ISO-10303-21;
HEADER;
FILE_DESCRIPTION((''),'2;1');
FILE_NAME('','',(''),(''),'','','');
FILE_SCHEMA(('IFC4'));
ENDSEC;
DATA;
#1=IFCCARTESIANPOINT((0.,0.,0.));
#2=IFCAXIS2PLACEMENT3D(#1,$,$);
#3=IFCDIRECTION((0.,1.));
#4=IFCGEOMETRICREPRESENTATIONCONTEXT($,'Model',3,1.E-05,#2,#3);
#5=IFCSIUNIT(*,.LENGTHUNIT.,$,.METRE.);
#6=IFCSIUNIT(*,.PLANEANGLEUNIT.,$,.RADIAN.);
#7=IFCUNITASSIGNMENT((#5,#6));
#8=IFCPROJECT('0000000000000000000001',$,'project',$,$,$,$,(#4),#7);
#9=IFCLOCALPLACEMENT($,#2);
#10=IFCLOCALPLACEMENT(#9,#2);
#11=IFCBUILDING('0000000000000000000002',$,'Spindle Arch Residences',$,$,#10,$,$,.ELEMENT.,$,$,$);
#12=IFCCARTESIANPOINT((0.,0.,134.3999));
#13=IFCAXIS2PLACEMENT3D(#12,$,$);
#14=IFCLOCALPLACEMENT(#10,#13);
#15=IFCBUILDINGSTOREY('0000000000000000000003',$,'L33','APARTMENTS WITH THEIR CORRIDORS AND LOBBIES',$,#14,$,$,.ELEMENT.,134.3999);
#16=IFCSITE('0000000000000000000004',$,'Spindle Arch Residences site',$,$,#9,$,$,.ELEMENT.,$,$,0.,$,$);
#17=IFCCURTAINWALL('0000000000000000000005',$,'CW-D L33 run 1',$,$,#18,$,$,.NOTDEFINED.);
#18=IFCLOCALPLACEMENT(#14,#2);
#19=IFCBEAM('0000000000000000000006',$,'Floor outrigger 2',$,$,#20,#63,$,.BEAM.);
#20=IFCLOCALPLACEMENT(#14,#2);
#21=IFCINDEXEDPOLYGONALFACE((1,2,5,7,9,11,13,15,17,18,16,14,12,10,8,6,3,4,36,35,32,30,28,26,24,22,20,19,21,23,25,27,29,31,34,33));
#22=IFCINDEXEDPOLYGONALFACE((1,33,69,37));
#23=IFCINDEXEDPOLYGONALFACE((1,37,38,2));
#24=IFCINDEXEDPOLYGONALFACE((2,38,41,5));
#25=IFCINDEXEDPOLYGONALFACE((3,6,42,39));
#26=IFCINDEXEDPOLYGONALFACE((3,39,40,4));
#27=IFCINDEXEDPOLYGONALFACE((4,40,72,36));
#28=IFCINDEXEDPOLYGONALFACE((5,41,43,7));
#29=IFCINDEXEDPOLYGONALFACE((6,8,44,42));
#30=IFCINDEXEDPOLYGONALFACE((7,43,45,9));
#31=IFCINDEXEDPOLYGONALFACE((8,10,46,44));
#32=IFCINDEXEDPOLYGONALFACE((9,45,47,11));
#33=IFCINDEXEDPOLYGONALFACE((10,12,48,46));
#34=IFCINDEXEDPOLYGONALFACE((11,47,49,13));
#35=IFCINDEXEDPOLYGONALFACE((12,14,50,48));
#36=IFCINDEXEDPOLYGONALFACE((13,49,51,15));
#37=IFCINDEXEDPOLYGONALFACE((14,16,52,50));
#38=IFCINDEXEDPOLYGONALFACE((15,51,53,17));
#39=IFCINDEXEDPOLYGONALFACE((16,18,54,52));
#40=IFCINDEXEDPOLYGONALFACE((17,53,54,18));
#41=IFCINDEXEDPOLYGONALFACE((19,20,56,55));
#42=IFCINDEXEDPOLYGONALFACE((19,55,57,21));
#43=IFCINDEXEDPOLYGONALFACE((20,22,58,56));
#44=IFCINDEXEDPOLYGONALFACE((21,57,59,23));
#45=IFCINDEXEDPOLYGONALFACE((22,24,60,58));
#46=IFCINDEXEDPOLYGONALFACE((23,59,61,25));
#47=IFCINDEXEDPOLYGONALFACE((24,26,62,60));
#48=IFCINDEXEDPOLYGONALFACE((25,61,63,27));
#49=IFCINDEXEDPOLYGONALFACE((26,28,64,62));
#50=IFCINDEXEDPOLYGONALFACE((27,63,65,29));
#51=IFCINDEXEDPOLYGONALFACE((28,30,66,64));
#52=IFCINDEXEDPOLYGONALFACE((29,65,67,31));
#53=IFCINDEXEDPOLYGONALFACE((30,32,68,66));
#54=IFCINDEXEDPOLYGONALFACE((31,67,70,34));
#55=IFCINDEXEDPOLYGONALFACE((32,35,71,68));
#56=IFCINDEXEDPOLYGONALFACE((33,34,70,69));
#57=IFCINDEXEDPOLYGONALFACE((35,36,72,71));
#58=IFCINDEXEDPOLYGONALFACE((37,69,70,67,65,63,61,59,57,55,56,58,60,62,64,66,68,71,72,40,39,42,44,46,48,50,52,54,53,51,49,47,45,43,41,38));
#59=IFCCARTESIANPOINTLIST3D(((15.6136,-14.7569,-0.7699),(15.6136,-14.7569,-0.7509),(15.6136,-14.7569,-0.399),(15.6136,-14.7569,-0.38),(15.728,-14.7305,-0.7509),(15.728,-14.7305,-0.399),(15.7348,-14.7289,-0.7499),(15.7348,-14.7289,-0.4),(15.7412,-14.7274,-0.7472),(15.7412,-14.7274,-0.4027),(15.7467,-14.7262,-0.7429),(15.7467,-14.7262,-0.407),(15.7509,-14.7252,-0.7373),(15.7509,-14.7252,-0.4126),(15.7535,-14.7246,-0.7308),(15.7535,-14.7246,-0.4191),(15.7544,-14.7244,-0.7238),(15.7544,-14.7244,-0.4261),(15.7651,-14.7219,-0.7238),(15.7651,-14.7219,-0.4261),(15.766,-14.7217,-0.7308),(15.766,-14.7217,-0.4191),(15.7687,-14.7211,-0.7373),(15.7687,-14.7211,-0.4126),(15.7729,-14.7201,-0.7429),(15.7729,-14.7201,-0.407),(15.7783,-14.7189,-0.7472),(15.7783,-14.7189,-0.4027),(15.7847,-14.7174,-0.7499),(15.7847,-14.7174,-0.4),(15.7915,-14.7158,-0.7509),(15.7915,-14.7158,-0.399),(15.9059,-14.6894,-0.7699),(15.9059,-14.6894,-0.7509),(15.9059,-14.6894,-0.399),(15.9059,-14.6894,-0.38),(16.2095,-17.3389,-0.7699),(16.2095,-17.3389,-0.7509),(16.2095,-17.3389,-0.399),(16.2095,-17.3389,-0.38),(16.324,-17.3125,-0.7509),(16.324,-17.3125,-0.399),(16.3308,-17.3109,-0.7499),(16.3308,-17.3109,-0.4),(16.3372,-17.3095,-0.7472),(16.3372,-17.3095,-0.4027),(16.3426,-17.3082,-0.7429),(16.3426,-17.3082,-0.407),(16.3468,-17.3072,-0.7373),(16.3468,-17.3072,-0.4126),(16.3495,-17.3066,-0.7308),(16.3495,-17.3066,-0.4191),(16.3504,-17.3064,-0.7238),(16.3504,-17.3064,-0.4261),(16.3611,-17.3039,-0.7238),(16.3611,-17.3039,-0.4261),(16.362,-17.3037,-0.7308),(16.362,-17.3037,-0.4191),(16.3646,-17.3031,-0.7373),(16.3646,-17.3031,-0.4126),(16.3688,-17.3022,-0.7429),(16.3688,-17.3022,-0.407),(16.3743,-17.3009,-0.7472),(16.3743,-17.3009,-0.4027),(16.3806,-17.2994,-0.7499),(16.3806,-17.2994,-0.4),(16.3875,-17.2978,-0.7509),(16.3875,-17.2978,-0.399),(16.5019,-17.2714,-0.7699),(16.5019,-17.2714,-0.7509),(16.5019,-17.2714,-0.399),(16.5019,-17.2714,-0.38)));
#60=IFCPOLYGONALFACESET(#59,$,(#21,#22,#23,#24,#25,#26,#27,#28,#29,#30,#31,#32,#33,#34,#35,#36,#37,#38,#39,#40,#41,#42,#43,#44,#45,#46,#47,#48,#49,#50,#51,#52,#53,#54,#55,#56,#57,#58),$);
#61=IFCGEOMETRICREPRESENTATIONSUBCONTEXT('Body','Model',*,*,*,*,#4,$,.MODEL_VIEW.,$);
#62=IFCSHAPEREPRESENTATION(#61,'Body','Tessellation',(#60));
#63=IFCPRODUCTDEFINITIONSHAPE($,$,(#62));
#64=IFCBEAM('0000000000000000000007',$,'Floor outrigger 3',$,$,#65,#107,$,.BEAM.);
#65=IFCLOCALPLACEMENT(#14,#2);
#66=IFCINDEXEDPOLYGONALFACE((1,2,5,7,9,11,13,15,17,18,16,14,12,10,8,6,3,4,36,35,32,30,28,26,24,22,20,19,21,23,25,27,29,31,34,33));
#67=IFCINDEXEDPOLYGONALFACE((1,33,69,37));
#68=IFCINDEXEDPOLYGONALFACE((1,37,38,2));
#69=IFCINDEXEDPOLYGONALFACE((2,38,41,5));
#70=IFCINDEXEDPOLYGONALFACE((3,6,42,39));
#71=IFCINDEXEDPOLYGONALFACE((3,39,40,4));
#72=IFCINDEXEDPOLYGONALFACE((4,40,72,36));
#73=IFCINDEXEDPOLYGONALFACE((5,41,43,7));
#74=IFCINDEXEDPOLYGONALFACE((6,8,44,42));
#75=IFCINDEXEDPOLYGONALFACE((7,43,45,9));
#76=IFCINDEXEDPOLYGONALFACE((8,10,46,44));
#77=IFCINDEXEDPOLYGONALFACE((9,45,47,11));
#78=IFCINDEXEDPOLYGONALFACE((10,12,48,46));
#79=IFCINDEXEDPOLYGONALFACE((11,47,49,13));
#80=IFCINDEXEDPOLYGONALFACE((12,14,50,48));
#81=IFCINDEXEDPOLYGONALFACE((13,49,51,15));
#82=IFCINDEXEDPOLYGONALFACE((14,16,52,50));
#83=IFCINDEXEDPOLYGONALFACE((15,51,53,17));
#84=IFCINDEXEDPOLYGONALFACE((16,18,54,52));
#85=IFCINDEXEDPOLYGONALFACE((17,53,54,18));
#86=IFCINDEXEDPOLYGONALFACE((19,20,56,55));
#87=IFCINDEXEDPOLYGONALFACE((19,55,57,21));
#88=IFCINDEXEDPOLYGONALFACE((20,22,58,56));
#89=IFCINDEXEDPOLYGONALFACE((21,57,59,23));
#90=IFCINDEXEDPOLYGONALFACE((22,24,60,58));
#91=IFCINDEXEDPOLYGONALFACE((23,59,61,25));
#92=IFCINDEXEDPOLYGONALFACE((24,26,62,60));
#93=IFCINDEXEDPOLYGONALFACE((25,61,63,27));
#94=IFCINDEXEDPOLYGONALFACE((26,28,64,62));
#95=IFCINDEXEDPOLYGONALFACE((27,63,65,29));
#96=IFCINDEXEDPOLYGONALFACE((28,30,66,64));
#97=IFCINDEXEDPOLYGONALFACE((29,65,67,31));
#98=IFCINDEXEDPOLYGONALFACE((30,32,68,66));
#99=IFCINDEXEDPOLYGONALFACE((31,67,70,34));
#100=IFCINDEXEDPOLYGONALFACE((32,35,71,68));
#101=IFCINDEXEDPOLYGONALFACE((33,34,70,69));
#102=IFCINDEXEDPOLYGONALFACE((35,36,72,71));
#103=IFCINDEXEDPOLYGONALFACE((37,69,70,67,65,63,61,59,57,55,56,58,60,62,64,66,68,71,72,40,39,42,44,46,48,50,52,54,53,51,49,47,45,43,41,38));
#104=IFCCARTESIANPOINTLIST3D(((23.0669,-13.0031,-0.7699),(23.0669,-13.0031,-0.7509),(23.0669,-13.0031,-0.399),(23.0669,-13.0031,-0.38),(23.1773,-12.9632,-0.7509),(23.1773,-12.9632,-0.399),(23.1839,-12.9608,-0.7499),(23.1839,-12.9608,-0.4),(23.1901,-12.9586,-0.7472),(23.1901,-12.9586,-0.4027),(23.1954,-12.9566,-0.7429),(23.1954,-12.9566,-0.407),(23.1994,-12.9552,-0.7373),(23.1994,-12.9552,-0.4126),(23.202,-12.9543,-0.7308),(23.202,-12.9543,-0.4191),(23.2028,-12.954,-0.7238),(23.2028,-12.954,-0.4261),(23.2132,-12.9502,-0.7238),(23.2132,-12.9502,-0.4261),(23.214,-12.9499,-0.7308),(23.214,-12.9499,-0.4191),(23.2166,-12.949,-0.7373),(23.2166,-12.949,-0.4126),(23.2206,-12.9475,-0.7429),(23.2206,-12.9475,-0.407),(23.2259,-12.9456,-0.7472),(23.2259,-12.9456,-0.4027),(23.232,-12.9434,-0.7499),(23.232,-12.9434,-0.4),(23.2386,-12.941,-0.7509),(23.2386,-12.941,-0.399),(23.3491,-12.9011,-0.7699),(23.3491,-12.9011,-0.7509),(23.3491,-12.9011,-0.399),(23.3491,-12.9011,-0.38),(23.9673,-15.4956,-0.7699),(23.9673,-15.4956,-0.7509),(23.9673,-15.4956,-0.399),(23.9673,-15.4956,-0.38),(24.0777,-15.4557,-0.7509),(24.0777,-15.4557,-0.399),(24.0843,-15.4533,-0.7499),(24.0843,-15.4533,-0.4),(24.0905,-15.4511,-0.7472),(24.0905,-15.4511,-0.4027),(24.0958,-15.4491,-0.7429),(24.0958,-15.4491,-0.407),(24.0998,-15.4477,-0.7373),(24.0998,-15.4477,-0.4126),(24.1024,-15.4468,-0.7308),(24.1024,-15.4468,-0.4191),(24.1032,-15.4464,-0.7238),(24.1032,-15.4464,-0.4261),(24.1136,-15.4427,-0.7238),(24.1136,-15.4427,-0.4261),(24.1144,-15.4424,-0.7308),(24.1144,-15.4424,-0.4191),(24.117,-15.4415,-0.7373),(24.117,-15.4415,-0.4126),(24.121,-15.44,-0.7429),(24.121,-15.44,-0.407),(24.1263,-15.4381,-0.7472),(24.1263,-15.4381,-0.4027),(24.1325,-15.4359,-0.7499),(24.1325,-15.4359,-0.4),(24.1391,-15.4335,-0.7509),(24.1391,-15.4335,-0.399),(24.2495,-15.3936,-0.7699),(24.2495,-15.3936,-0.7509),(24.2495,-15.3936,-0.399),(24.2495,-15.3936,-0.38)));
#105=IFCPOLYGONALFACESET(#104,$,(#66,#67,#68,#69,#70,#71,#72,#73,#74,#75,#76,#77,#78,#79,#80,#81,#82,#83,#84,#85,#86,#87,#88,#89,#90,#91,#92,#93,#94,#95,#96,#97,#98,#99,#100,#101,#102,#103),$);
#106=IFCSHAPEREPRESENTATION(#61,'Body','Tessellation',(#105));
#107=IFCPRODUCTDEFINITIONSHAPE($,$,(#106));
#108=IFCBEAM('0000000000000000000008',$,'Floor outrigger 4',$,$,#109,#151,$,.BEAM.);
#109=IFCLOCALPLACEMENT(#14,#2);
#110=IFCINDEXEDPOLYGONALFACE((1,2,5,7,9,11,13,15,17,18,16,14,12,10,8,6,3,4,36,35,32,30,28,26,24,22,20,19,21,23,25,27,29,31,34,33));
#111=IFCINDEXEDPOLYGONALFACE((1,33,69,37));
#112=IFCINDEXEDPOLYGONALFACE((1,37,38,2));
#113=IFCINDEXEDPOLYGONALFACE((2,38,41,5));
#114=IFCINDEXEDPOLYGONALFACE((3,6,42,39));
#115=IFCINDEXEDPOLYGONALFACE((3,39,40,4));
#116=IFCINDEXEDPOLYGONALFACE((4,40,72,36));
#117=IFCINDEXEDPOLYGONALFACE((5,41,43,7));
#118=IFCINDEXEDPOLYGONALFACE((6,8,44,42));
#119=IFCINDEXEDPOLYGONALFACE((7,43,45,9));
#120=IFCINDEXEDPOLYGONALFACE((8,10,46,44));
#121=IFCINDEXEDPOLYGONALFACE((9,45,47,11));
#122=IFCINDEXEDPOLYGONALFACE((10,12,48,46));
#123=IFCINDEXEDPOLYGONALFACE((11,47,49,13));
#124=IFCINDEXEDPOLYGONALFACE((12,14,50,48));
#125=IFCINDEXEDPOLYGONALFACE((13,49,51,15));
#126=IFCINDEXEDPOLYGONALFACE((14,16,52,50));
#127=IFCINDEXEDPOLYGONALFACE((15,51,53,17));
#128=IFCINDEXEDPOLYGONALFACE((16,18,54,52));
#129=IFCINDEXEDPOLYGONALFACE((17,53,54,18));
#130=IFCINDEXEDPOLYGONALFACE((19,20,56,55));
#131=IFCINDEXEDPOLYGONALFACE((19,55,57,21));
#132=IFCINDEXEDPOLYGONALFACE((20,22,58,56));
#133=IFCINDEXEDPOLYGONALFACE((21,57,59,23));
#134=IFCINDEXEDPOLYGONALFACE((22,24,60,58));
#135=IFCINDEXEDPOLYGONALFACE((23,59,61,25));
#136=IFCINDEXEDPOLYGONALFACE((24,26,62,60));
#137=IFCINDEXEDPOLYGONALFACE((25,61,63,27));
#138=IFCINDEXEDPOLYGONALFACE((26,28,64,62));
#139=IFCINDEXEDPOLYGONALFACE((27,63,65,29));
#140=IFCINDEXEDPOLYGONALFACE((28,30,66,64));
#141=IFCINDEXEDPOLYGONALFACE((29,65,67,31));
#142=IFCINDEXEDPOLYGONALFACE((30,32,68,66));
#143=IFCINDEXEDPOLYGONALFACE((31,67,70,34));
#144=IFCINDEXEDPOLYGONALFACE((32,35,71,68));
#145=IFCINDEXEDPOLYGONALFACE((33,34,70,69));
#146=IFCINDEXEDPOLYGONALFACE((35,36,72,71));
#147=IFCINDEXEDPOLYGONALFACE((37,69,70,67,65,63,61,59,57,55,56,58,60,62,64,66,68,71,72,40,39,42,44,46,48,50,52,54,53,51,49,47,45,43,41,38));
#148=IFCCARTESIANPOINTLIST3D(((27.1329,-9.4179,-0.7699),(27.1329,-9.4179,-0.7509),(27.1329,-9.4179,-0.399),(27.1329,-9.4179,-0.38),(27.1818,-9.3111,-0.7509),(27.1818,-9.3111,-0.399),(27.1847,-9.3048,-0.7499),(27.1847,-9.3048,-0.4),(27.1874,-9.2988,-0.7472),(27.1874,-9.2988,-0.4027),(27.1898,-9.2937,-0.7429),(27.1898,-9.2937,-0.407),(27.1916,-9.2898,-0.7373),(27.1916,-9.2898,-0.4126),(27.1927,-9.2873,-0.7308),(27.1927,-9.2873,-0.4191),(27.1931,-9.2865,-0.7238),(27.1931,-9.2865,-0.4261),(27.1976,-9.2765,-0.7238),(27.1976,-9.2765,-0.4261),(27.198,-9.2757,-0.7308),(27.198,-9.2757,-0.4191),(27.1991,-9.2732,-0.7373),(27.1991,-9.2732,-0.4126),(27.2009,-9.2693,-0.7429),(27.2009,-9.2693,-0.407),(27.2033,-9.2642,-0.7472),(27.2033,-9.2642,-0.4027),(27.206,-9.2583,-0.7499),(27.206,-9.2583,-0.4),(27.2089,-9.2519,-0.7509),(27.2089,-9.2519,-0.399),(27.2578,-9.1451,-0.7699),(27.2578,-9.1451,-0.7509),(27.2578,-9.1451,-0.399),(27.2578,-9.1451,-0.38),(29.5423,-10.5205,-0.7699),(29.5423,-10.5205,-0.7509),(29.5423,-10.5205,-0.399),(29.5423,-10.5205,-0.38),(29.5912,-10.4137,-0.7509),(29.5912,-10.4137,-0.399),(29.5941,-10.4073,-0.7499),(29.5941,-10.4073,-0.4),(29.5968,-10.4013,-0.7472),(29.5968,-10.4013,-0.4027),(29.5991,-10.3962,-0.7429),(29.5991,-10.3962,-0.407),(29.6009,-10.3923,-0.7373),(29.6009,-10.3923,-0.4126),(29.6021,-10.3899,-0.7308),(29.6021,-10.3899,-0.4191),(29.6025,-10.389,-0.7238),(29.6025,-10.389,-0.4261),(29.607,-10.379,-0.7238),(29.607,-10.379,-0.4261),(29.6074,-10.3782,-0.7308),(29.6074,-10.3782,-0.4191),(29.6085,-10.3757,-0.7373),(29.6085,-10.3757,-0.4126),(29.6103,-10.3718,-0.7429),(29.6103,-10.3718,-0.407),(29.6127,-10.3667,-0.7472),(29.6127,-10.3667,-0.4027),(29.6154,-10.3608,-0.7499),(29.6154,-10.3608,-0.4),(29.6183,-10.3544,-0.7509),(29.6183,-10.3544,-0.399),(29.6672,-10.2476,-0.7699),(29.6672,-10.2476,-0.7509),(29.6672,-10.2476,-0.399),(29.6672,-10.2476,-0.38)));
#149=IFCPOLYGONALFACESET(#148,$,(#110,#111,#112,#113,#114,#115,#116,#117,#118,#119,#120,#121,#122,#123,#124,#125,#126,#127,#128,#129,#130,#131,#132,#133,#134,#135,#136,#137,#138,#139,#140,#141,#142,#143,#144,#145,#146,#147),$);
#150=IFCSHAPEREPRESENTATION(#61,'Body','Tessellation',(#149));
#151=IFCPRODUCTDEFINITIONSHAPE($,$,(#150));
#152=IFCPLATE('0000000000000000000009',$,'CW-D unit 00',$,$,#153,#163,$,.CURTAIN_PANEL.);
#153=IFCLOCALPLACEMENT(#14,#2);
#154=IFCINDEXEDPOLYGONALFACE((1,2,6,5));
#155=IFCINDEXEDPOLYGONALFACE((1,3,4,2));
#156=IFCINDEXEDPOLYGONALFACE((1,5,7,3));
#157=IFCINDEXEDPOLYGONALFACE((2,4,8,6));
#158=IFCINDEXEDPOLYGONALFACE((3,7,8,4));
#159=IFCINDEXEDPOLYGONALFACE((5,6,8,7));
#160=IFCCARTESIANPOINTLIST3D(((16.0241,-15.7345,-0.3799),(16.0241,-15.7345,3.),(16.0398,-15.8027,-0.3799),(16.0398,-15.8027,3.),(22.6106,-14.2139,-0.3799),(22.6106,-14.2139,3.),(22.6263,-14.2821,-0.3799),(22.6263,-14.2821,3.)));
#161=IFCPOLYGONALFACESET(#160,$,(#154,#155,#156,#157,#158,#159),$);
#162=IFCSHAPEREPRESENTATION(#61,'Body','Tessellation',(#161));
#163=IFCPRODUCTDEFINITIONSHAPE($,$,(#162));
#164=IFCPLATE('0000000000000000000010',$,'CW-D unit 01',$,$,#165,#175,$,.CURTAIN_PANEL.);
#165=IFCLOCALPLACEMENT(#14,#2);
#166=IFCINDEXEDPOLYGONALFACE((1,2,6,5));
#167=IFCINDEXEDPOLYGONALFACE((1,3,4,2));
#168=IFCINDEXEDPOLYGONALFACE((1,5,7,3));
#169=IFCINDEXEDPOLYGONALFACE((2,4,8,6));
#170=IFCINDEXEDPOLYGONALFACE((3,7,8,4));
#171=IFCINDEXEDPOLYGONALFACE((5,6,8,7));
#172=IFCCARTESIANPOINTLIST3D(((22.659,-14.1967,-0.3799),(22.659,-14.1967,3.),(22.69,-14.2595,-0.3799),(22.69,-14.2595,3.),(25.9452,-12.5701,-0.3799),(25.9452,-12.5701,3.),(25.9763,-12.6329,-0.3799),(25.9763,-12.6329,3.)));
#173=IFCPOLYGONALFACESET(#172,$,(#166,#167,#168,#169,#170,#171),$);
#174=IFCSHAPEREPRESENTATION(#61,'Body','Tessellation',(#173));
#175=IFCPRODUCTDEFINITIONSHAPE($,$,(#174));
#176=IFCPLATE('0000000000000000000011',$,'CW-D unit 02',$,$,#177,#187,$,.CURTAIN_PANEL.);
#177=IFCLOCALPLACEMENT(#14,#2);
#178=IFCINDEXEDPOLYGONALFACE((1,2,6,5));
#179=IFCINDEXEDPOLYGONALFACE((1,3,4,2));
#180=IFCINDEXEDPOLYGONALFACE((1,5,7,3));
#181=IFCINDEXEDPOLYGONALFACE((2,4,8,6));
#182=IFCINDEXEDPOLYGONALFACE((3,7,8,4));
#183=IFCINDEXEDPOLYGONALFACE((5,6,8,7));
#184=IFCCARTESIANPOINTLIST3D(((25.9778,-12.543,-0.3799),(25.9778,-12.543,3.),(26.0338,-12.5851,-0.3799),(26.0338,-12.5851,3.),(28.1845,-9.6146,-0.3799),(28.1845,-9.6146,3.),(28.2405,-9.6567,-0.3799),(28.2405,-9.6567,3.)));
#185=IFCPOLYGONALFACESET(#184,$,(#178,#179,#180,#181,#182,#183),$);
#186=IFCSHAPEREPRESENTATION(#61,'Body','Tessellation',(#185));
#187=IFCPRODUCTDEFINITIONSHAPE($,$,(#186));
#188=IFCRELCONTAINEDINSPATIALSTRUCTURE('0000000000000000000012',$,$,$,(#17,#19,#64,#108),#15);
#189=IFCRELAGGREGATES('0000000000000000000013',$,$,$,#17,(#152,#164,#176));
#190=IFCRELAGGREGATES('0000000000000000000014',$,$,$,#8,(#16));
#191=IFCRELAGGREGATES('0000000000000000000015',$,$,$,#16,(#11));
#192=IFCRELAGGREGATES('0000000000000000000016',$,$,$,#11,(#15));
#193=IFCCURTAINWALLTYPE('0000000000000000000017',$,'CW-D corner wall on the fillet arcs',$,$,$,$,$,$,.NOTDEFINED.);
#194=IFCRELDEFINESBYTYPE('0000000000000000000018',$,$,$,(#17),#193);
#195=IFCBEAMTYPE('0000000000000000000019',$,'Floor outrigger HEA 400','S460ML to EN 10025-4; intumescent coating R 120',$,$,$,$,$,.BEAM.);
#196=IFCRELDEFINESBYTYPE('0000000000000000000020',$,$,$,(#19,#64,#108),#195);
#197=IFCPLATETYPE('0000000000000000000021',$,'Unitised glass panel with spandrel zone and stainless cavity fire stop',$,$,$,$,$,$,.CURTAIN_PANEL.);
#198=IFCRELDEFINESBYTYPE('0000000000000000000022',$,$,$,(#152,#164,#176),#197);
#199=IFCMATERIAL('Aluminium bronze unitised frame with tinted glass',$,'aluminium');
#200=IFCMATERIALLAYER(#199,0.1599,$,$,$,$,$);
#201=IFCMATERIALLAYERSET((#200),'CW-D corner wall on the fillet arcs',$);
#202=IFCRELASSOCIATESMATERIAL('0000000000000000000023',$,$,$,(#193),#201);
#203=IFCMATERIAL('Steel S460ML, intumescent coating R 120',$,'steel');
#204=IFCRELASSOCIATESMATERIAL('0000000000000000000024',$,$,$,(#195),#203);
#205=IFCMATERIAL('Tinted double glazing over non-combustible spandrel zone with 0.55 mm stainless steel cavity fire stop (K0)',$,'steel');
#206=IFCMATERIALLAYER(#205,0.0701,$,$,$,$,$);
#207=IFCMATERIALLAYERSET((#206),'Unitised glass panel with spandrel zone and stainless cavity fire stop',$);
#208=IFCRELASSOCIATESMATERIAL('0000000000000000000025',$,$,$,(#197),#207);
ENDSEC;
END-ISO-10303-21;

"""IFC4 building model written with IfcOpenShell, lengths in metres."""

from ifc_helpers import new_model, si_unit, direction, frame, origin, origin_2d, place, context, subcontext, project, spatial, rectangle, i_section, extrude, material, layer, layer_set, material_profile, profile_set, type_object, element, aggregate, save


model = new_model("IFC4")

# Units and contexts
model_context = context("Model", 3, precision=1e-05, world=origin(), true_north=direction((0.0, 1.0)))
body_context = subcontext(model_context, "Body", "Model", "MODEL_VIEW")
ifc_project = project(units=[si_unit("LENGTHUNIT", "METRE"), si_unit("PLANEANGLEUNIT", "RADIAN")], contexts=[model_context])

# Site, building, storey
site_placement = place(None, origin())
site = spatial("IfcSite", under=ifc_project, at=site_placement, Name="Spindle Arch Residences site", CompositionType="ELEMENT", RefElevation=0.0)
building_placement = place(site_placement, origin())
building = spatial("IfcBuilding", under=site, at=building_placement, Name="Spindle Arch Residences", CompositionType="ELEMENT")
storey_placement = place(building_placement, frame((0.0, 0.0, 134.3999)))
storey = spatial("IfcBuildingStorey", under=building, at=storey_placement, Name="L33", Description="APARTMENTS WITH THEIR CORRIDORS AND LOBBIES", CompositionType="ELEMENT", Elevation=134.3999)

# Curtain wall
ifc_material_1 = material(Name="Aluminium bronze unitised frame with tinted glass", Category="aluminium")
ifc_layer_1 = layer(ifc_material_1, 0.1599)
ifc_layer_set_1 = layer_set([ifc_layer_1], Name="CW-D corner wall on the fillet arcs")
curtain_wall_type = type_object("IfcCurtainWallType", Name="CW-D corner wall on the fillet arcs", PredefinedType="NOTDEFINED", material=ifc_layer_set_1)
curtain_wall_placement = place(storey_placement, origin())
curtain_wall = element("IfcCurtainWall", 1, at=curtain_wall_placement, inside=storey, type_object=curtain_wall_type, Name="CW-D L33 run 1", PredefinedType="NOTDEFINED")

# Beams
ifc_material_2 = material(Name="Steel S460ML, intumescent coating R 120", Category="steel")
ifc_material_profile_1 = material_profile(ifc_material_2, i_section(OverallWidth=0.3, OverallDepth=0.3899, WebThickness=0.011, FlangeThickness=0.019, FilletRadius=0.0271, at=origin_2d()), Name="HEA 400")
ifc_profile_set_1 = profile_set([ifc_material_profile_1], Name="Steel S460ML, intumescent coating R 120")
beam_type_1 = type_object("IfcBeamType", Name="Floor outrigger HEA 400", Description="S460ML to EN 10025-4; intumescent coating R 120", PredefinedType="BEAM", material=ifc_profile_set_1)
beam_1_placement = place(storey_placement, frame((16.3557, -17.3052, -0.575), z_axis=(-0.224893, 0.974383, 0.0), x_axis=(-0.974383, -0.224893, 0.0)))
element("IfcBeam", 2, at=beam_1_placement, inside=storey, type_object=beam_type_1, Name="Floor outrigger 2", PredefinedType="BEAM", context=body_context, shape_type="SweptSolid", body=[
    extrude(i_section(OverallWidth=0.3, OverallDepth=0.3899, WebThickness=0.011, FlangeThickness=0.019, FilletRadius=0.0271, at=origin_2d()), origin(), (0.0, 0.0, 1.0), 2.6499),
])
beam_2_placement = place(storey_placement, frame((24.1084, -15.4446, -0.575), z_axis=(-0.33976, 0.940512, 0.0), x_axis=(-0.940512, -0.33976, 0.0)))
element("IfcBeam", 3, at=beam_2_placement, inside=storey, type_object=beam_type_1, Name="Floor outrigger 3", PredefinedType="BEAM", context=body_context, shape_type="SweptSolid", body=[
    extrude(i_section(OverallWidth=0.3, OverallDepth=0.3899, WebThickness=0.011, FlangeThickness=0.019, FilletRadius=0.0271, at=origin_2d()), origin(), (0.0, 0.0, 1.0), 2.6501),
])
beam_3_placement = place(storey_placement, frame((29.6047, -10.384, -0.575), z_axis=(-0.909319, 0.416099, 0.0), x_axis=(-0.416099, -0.909319, 0.0)))
element("IfcBeam", 4, at=beam_3_placement, inside=storey, type_object=beam_type_1, Name="Floor outrigger 4", PredefinedType="BEAM", context=body_context, shape_type="SweptSolid", body=[
    extrude(i_section(OverallWidth=0.3, OverallDepth=0.3899, WebThickness=0.011, FlangeThickness=0.019, FilletRadius=0.0271, at=origin_2d()), origin(), (0.0, 0.0, 1.0), 2.6497),
])

# Plates
ifc_material_3 = material(Name="Tinted double glazing over non-combustible spandrel zone with 0.55 mm stainless steel cavity fire stop (K0)", Category="steel")
ifc_layer_2 = layer(ifc_material_3, 0.0701)
ifc_layer_set_2 = layer_set([ifc_layer_2], Name="Unitised glass panel with spandrel zone and stainless cavity fire stop")
plate_type = type_object("IfcPlateType", Name="Unitised glass panel with spandrel zone and stainless cavity fire stop", PredefinedType="CURTAIN_PANEL", material=ifc_layer_set_2)
plate_1_placement = place(storey_placement, frame((19.3252, -15.0083, -0.3799), z_axis=(0.0, 0.0, 1.0), x_axis=(0.97437, 0.224951, 0.0)))
plate_1 = element("IfcPlate", 5, at=plate_1_placement, type_object=plate_type, Name="CW-D unit 00", PredefinedType="CURTAIN_PANEL", context=body_context, shape_type="SweptSolid", body=[
    extrude(rectangle(XDim=6.7598, YDim=0.0701, at=origin_2d()), origin(), (0.0, 0.0, 1.0), 3.3799),
])
plate_2_placement = place(storey_placement, frame((24.3176, -13.4148, -0.3799), z_axis=(0.0, 0.0, 1.0), x_axis=(0.896229, 0.443593, 0.0)))
plate_2 = element("IfcPlate", 6, at=plate_2_placement, type_object=plate_type, Name="CW-D unit 01", PredefinedType="CURTAIN_PANEL", context=body_context, shape_type="SweptSolid", body=[
    extrude(rectangle(XDim=3.6667, YDim=0.0701, at=origin_2d()), origin(), (0.0, 0.0, 1.0), 3.3799),
])
plate_3_placement = place(storey_placement, frame((27.1091, -11.0999, -0.3799), z_axis=(0.0, 0.0, 1.0), x_axis=(0.601815, 0.798636, 0.0)))
plate_3 = element("IfcPlate", 7, at=plate_3_placement, type_object=plate_type, Name="CW-D unit 02", PredefinedType="CURTAIN_PANEL", context=body_context, shape_type="SweptSolid", body=[
    extrude(rectangle(XDim=3.6667, YDim=0.0701, at=origin_2d()), origin(), (0.0, 0.0, 1.0), 3.3799),
])
aggregate(curtain_wall, [plate_1, plate_2, plate_3])

save(model, "model.ifc")
